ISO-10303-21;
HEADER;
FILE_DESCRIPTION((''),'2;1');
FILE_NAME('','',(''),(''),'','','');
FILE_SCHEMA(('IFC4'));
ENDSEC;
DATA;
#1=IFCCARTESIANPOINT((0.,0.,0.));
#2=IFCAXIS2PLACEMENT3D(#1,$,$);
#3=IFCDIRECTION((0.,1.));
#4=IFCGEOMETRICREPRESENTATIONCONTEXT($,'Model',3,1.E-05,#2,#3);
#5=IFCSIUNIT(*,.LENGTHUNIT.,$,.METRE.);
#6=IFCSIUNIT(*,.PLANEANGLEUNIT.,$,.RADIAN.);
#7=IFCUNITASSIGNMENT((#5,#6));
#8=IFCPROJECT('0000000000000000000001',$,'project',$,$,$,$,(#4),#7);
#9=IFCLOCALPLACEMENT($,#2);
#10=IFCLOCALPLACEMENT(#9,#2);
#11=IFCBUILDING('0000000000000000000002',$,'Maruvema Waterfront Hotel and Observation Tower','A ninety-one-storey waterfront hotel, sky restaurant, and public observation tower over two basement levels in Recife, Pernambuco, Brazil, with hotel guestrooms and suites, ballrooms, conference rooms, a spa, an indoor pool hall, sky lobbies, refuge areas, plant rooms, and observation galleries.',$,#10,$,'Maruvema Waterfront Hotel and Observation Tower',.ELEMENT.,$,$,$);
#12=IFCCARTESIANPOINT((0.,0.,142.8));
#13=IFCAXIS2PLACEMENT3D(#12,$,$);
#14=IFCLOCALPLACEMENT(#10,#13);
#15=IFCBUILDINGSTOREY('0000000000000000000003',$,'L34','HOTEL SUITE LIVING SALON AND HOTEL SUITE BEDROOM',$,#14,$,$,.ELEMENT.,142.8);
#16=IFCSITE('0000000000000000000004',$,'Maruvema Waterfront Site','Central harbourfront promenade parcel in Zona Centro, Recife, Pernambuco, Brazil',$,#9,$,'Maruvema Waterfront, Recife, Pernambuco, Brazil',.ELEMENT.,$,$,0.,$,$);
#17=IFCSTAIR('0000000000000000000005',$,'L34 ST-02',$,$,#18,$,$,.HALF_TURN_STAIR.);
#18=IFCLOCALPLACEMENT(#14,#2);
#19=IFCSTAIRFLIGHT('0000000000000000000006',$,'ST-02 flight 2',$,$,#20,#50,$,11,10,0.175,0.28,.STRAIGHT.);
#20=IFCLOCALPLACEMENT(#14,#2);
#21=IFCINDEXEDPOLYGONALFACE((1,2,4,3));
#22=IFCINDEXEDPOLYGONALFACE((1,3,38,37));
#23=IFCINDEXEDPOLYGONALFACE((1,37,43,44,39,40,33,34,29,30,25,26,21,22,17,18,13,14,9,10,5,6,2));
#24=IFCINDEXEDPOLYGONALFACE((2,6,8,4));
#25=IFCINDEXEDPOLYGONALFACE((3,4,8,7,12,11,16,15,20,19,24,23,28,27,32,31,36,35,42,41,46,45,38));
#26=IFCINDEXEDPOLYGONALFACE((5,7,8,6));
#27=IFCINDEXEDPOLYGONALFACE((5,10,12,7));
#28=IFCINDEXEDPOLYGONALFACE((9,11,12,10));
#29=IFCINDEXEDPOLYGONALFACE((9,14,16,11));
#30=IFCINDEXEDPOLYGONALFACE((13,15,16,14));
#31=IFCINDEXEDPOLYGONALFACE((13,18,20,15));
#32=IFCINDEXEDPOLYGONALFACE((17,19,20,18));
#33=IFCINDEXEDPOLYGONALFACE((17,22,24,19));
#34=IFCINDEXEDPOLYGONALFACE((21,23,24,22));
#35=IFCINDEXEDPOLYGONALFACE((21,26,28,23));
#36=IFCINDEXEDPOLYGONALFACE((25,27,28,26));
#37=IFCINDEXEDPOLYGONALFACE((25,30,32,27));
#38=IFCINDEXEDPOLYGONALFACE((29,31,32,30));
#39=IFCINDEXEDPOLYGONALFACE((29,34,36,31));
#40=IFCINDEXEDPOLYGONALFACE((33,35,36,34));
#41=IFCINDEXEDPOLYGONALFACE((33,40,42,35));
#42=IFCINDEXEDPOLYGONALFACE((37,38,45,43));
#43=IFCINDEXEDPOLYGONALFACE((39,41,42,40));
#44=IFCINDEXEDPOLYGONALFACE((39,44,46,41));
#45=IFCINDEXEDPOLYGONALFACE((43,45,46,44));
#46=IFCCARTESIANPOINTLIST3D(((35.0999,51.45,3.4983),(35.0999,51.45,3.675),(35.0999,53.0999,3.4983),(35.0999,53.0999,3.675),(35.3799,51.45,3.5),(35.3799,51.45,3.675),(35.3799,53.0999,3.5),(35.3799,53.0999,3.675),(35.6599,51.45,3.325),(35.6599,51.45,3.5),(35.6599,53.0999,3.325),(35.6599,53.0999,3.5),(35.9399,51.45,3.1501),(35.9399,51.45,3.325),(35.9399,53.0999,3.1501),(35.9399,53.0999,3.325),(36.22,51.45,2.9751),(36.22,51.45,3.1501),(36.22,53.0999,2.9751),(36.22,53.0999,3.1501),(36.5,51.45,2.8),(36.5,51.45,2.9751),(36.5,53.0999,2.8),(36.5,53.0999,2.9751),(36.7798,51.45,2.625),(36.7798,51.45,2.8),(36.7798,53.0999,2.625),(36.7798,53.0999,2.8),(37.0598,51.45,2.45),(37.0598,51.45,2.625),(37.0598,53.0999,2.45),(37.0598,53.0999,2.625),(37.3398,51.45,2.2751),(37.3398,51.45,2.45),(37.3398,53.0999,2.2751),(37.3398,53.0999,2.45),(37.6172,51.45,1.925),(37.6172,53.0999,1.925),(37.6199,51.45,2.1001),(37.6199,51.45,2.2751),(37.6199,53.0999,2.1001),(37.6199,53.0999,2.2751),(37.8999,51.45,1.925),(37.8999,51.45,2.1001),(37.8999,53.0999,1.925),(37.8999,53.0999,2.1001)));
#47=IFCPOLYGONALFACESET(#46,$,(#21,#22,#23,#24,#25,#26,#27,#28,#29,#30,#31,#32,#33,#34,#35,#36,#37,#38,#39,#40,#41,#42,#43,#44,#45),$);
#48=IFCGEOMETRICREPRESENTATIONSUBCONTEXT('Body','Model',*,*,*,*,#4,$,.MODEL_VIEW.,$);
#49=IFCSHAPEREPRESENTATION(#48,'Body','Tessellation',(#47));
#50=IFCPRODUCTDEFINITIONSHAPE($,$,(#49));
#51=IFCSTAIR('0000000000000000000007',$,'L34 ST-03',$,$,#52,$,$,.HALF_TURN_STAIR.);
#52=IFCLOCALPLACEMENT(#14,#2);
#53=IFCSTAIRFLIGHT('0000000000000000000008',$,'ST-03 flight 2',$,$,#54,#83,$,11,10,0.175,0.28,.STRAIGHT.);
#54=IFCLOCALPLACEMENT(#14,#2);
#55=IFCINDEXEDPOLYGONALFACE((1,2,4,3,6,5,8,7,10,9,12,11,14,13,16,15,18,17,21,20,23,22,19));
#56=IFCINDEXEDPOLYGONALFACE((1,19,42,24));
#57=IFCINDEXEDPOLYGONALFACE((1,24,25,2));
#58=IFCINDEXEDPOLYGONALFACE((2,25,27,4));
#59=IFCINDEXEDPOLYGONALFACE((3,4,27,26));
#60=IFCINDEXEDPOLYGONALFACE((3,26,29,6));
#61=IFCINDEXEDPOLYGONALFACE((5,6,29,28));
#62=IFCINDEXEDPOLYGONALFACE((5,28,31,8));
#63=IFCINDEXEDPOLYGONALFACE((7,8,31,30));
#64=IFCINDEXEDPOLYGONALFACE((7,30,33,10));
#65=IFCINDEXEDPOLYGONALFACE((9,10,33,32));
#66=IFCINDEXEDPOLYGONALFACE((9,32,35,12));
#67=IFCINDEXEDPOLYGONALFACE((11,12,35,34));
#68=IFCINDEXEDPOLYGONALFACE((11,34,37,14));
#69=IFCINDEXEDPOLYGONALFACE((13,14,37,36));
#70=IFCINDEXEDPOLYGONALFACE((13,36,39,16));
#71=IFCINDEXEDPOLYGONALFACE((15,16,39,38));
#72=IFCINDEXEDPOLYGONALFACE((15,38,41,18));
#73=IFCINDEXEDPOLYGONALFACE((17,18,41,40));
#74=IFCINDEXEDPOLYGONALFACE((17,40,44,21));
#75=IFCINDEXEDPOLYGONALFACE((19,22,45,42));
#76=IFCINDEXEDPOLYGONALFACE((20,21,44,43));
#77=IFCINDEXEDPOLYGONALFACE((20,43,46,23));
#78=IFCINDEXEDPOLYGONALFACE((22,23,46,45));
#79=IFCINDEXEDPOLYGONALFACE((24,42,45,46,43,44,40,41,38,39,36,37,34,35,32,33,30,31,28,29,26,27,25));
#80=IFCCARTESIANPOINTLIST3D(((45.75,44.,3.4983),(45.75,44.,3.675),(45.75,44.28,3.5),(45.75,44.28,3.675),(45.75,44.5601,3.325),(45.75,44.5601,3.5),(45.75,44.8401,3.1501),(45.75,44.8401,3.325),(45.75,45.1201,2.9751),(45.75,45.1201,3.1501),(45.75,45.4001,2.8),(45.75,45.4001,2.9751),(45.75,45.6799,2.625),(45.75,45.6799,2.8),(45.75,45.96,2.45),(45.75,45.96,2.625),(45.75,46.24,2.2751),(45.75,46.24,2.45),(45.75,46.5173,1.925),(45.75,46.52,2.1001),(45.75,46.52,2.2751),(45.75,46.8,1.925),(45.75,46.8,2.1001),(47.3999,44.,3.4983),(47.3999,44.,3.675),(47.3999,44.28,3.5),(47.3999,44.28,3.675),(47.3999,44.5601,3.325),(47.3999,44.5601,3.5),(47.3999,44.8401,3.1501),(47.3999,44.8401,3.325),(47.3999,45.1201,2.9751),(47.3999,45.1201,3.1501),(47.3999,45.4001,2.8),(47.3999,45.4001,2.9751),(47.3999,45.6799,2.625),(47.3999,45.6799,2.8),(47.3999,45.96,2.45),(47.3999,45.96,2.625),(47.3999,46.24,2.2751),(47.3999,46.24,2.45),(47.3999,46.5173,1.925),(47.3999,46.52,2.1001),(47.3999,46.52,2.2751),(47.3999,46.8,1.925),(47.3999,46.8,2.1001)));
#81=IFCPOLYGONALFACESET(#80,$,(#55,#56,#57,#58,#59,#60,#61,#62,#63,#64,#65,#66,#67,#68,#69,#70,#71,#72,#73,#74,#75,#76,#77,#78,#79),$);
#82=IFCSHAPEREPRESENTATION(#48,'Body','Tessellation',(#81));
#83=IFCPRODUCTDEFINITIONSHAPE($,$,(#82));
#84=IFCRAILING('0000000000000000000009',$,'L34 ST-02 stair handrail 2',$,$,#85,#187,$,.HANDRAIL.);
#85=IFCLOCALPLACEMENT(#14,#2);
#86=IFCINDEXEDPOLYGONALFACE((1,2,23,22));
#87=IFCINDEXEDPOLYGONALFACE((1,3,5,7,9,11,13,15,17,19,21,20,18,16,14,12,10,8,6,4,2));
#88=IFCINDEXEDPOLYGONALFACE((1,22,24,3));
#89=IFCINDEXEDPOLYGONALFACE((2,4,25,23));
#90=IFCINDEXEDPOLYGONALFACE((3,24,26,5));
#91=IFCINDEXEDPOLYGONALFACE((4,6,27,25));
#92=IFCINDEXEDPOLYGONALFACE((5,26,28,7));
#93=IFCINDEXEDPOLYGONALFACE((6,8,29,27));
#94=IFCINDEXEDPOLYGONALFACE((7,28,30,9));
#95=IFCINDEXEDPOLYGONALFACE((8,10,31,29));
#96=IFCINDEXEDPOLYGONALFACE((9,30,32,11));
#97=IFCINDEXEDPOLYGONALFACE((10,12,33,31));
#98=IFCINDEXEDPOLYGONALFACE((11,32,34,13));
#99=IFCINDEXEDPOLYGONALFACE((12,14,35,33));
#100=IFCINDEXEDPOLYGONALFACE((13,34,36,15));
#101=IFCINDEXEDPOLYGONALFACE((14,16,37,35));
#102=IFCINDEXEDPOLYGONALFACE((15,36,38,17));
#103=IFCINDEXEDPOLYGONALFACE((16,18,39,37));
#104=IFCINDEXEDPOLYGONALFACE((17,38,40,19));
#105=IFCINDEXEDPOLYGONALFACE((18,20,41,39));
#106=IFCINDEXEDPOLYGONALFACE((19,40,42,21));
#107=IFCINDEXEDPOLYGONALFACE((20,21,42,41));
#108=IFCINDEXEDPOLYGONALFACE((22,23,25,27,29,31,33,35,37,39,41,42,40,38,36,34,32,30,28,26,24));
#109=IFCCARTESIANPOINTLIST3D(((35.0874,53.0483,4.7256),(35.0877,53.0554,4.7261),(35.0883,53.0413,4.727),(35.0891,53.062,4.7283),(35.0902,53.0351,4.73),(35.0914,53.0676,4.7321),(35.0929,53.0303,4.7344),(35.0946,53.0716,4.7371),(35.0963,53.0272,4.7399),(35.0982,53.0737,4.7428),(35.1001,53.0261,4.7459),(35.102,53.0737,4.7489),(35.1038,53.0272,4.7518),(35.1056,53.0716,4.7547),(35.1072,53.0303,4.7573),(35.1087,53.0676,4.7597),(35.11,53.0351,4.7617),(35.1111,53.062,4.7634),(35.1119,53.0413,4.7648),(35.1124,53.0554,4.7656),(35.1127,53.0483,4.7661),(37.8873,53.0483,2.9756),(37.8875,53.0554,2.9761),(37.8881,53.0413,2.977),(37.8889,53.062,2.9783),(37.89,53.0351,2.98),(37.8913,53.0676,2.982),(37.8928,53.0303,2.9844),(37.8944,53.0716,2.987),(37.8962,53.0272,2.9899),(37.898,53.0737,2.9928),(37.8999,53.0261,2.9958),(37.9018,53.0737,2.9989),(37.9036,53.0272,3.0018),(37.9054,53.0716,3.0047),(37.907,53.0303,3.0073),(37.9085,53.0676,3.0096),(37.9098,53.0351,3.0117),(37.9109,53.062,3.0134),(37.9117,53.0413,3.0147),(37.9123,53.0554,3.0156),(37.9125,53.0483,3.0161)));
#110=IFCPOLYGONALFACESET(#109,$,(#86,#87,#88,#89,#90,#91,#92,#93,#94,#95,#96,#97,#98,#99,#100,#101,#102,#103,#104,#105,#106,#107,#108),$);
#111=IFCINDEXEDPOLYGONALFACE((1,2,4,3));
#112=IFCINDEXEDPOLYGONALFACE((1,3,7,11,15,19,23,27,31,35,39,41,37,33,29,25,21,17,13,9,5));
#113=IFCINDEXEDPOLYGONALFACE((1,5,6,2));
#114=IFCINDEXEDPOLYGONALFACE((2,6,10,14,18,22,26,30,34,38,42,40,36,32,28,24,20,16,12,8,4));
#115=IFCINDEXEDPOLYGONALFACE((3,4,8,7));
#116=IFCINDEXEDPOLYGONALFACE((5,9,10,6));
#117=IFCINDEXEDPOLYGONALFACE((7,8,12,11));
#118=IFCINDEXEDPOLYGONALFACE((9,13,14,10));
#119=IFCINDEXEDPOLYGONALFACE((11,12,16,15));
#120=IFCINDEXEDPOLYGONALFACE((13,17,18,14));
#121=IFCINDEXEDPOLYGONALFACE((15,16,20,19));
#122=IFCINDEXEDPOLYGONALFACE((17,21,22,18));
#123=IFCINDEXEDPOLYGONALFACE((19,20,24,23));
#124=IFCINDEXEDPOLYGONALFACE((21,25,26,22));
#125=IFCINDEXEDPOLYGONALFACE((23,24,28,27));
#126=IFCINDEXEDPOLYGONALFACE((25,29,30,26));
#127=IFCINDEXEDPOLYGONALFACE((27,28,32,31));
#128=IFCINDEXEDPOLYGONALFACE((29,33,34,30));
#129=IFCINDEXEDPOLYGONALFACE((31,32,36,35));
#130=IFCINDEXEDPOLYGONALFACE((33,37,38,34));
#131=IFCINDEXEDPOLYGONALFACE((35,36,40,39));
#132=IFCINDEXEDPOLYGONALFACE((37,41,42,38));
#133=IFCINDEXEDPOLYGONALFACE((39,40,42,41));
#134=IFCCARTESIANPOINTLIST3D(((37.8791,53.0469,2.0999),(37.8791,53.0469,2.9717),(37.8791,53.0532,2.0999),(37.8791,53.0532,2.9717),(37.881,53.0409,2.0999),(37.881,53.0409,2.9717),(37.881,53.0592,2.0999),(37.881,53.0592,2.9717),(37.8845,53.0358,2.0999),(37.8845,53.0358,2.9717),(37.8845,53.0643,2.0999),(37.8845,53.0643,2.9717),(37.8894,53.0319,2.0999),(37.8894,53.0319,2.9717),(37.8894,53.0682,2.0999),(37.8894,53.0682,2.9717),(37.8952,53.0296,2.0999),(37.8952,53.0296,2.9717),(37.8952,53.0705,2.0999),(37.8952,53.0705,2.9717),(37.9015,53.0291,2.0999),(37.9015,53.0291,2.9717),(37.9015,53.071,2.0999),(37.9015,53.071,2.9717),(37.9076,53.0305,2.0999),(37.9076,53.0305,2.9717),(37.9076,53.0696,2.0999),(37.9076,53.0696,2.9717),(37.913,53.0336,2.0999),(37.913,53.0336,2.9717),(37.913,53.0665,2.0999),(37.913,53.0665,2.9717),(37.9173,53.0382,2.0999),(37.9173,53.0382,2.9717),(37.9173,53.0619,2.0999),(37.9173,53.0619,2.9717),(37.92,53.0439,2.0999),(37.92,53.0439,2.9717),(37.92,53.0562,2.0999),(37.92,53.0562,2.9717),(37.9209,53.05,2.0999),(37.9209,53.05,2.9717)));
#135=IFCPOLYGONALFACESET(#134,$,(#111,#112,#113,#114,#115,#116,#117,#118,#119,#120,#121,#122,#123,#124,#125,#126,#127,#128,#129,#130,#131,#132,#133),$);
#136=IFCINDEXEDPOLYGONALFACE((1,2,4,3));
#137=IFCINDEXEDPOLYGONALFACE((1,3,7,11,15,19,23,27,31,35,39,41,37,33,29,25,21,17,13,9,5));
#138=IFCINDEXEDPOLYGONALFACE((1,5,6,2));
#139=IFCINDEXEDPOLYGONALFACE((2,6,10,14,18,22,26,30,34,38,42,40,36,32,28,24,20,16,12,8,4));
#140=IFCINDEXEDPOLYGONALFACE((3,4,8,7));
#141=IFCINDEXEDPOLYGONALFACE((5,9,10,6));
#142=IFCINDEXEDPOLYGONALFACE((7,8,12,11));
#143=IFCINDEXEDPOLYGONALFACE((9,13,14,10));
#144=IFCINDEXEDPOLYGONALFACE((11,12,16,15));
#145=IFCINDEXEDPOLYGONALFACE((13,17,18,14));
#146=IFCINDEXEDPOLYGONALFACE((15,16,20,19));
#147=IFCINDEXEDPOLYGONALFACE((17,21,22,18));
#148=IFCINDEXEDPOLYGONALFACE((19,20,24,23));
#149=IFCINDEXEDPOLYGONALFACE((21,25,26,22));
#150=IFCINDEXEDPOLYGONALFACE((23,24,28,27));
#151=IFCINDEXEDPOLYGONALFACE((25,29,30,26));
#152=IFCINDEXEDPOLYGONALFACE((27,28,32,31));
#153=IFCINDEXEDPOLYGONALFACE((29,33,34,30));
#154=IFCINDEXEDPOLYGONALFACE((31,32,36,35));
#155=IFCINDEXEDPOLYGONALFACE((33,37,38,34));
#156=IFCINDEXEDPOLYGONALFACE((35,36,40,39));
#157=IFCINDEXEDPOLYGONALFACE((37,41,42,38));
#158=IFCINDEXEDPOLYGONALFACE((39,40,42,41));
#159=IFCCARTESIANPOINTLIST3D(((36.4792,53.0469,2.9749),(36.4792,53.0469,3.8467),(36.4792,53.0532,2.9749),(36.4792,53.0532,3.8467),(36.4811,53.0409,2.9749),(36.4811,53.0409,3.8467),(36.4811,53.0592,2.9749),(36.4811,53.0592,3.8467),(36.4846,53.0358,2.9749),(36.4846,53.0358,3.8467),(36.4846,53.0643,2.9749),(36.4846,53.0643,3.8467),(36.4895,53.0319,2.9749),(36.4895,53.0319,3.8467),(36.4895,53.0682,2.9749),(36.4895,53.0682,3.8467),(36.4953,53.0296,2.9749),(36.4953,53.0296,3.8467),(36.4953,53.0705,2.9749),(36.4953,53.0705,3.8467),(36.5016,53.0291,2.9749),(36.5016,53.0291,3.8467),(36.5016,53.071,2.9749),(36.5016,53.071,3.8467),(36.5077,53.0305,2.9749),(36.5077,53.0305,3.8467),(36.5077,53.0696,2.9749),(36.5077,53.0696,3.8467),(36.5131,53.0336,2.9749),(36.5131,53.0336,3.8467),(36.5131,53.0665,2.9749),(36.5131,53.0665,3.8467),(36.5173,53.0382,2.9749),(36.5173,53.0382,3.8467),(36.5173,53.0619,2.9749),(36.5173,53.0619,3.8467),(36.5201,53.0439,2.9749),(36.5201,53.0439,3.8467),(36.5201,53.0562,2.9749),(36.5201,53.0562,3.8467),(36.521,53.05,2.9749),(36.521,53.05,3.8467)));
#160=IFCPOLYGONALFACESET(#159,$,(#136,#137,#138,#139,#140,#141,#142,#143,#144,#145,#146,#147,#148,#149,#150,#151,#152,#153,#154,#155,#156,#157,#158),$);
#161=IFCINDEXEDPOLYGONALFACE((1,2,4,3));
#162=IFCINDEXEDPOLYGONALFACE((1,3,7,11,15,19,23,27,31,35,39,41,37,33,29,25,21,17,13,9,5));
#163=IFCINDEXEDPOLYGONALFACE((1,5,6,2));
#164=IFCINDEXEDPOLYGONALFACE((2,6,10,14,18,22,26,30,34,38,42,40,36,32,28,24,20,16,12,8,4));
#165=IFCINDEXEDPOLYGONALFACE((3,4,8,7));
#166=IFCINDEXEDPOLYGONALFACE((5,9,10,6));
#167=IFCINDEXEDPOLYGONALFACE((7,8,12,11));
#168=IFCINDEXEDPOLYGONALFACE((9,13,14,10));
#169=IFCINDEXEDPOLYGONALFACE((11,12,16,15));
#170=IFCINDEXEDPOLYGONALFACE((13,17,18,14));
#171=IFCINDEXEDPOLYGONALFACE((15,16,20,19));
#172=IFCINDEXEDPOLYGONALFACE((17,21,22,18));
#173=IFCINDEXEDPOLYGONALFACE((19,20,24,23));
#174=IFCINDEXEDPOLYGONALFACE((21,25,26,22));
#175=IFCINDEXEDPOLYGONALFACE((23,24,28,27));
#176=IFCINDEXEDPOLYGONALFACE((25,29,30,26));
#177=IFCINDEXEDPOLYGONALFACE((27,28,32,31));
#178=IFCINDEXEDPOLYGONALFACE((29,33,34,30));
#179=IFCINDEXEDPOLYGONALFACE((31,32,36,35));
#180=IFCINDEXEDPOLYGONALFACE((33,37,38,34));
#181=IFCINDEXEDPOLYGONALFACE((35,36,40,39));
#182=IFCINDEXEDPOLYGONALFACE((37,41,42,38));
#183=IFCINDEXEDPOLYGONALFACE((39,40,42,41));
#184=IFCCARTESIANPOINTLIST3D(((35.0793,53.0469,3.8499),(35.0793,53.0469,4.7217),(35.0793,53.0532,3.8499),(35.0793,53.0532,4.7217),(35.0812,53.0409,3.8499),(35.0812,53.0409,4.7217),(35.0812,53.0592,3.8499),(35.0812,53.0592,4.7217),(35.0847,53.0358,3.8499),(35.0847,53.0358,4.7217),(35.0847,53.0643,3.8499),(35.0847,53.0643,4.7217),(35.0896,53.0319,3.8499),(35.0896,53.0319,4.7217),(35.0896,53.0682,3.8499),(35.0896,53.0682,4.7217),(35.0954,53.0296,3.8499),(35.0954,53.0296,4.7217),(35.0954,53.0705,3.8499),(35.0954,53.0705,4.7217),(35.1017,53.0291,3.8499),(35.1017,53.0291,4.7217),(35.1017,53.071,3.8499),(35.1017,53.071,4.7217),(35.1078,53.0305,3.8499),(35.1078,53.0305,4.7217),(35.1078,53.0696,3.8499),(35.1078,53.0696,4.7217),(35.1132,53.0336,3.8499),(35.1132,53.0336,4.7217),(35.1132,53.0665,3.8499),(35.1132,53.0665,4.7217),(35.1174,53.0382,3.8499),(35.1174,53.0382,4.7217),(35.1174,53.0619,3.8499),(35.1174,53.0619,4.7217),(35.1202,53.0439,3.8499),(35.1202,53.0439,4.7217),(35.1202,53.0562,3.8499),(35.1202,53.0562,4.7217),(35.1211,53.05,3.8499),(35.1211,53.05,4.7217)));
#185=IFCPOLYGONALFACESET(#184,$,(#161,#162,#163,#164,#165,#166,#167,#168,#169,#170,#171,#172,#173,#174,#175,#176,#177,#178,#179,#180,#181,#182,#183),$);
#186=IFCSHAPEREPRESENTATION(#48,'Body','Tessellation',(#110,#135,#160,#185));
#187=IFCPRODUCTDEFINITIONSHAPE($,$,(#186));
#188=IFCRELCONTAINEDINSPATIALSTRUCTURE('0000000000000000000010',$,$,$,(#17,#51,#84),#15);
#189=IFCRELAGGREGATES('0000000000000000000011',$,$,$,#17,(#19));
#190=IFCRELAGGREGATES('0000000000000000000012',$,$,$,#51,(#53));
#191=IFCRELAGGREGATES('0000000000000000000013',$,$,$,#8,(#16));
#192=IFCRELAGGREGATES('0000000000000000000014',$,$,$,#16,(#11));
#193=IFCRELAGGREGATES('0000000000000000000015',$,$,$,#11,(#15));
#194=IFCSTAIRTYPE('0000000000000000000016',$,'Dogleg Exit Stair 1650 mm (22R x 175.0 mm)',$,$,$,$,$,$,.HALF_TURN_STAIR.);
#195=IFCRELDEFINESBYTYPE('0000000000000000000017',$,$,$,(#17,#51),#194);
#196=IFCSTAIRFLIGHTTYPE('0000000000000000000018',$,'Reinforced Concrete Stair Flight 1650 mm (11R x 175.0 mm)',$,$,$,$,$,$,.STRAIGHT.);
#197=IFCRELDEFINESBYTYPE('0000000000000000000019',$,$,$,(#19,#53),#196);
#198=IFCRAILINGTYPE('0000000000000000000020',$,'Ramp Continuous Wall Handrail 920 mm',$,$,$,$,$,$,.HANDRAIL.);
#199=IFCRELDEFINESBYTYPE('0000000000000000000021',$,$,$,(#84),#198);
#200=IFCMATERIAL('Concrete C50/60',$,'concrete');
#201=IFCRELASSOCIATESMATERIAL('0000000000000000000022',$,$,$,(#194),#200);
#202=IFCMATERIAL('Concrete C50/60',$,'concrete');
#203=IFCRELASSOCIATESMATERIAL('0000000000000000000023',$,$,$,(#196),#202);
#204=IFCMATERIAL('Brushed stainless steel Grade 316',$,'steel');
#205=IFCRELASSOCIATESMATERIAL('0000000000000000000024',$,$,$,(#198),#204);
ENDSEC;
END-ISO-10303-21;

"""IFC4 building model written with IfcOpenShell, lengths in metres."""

from ifc_helpers import new_model, si_unit, direction, frame, origin, origin_2d, place, context, subcontext, project, spatial, polyline, circle, outline, extrude, material, type_object, element, aggregate, save


model = new_model("IFC4")

# Units and contexts
model_context = context("Model", 3, precision=1e-05, world=origin(), true_north=direction((0.0, 1.0)))
body_context = subcontext(model_context, "Body", "Model", "MODEL_VIEW")
ifc_project = project(units=[si_unit("LENGTHUNIT", "METRE"), si_unit("PLANEANGLEUNIT", "RADIAN")], contexts=[model_context])

# Site, building, storey
site_placement = place(None, origin())
site = spatial("IfcSite", under=ifc_project, at=site_placement, Name="Maruvema Waterfront Site", Description="Central harbourfront promenade parcel in Zona Centro, Recife, Pernambuco, Brazil", LongName="Maruvema Waterfront, Recife, Pernambuco, Brazil", CompositionType="ELEMENT", RefElevation=0.0)
building_placement = place(site_placement, origin())
building = spatial("IfcBuilding", under=site, at=building_placement, Name="Maruvema Waterfront Hotel and Observation Tower", Description="A ninety-one-storey waterfront hotel, sky restaurant, and public observation tower over two basement levels in Recife, Pernambuco, Brazil, with hotel guestrooms and suites, ballrooms, conference rooms, a spa, an indoor pool hall, sky lobbies, refuge areas, plant rooms, and observation galleries.", LongName="Maruvema Waterfront Hotel and Observation Tower", CompositionType="ELEMENT")
storey_placement = place(building_placement, frame((0.0, 0.0, 142.8)))
storey = spatial("IfcBuildingStorey", under=building, at=storey_placement, Name="L34", Description="HOTEL SUITE LIVING SALON AND HOTEL SUITE BEDROOM", CompositionType="ELEMENT", Elevation=142.8)

# Stairs, stair flights
ifc_material_1 = material(Name="Concrete C50/60", Category="concrete")
stair_type = type_object("IfcStairType", Name="Dogleg Exit Stair 1650 mm (22R x 175.0 mm)", PredefinedType="HALF_TURN_STAIR", material=ifc_material_1)
stair_1_placement = place(storey_placement, origin())
stair_1 = element("IfcStair", 1, at=stair_1_placement, inside=storey, type_object=stair_type, Name="L34 ST-02", PredefinedType="HALF_TURN_STAIR")
ifc_material_2 = material(Name="Concrete C50/60", Category="concrete")
stair_flight_type = type_object("IfcStairFlightType", Name="Reinforced Concrete Stair Flight 1650 mm (11R x 175.0 mm)", PredefinedType="STRAIGHT", material=ifc_material_2)
stair_flight_1_placement = place(storey_placement, frame((37.8999, 52.2749, 1.925), z_axis=(0.0, 0.0, 1.0), x_axis=(-1.0, 0.0, 0.0)))
stair_flight_1 = element("IfcStairFlight", 2, at=stair_flight_1_placement, type_object=stair_flight_type, Name="ST-02 flight 2", NumberOfRisers=11, NumberOfTreads=10, PredefinedType="STRAIGHT", RiserHeight=0.175, TreadLength=0.28, context=body_context, shape_type="SweptSolid", body=[
    extrude(outline(polyline([(0.0, 0.0), (0.0, 0.175), (0.28, 0.175), (0.28, 0.3501), (0.5601, 0.3501), (0.5601, 0.5249), (0.8401, 0.5249), (0.8401, 0.7), (1.1201, 0.7), (1.1201, 0.875), (1.3999, 0.875), (1.3999, 1.05), (1.6799, 1.05), (1.6799, 1.2251), (1.96, 1.2251), (1.96, 1.3999), (2.24, 1.3999), (2.24, 1.575), (2.52, 1.575), (2.52, 1.75), (2.8, 1.75), (2.8, 1.925), (2.8, 1.5732), (0.2827, 0.0), (0.0, 0.0)])), frame((0.0, 0.825, 0.0), z_axis=(0.0, -1.0, 0.0), x_axis=(1.0, 0.0, 0.0)), (0.0, 0.0, 1.0), 1.6499),
])
aggregate(stair_1, [stair_flight_1])
stair_2_placement = place(storey_placement, origin())
stair_2 = element("IfcStair", 3, at=stair_2_placement, inside=storey, type_object=stair_type, Name="L34 ST-03", PredefinedType="HALF_TURN_STAIR")
stair_flight_2_placement = place(storey_placement, frame((46.575, 46.8, 1.925), z_axis=(0.0, 0.0, 1.0), x_axis=(0.0, -1.0, 0.0)))
stair_flight_2 = element("IfcStairFlight", 4, at=stair_flight_2_placement, type_object=stair_flight_type, Name="ST-03 flight 2", NumberOfRisers=11, NumberOfTreads=10, PredefinedType="STRAIGHT", RiserHeight=0.175, TreadLength=0.28, context=body_context, shape_type="SweptSolid", body=[
    extrude(outline(polyline([(0.0, 0.0), (0.0, 0.175), (0.28, 0.175), (0.28, 0.3501), (0.5601, 0.3501), (0.5601, 0.5249), (0.8401, 0.5249), (0.8401, 0.7), (1.1201, 0.7), (1.1201, 0.875), (1.3999, 0.875), (1.3999, 1.05), (1.6799, 1.05), (1.6799, 1.2251), (1.96, 1.2251), (1.96, 1.3999), (2.24, 1.3999), (2.24, 1.575), (2.52, 1.575), (2.52, 1.75), (2.8, 1.75), (2.8, 1.925), (2.8, 1.5732), (0.2827, 0.0), (0.0, 0.0)])), frame((0.0, 0.825, 0.0), z_axis=(0.0, -1.0, 0.0), x_axis=(1.0, 0.0, 0.0)), (0.0, 0.0, 1.0), 1.6499),
])
aggregate(stair_2, [stair_flight_2])

# Railing
ifc_material_3 = material(Name="Brushed stainless steel Grade 316", Category="steel")
railing_type_1 = type_object("IfcRailingType", Name="Ramp Continuous Wall Handrail 920 mm", PredefinedType="HANDRAIL", material=ifc_material_3)
railing_1_placement = place(storey_placement, frame((37.8999, 53.05, 2.0999)))
element("IfcRailing", 5, at=railing_1_placement, inside=storey, type_object=railing_type_1, Name="L34 ST-02 stair handrail 2", PredefinedType="HANDRAIL", context=body_context, shape_type="SweptSolid", body=[
    extrude(circle(Radius=0.0239, at=origin_2d()), frame((0.0, 0.0, 0.896), z_axis=(-0.847982, 0.0, 0.530026), x_axis=(0.0, -1.0, 0.0)), (0.0, 0.0, 1.0), 3.3018),
    extrude(circle(Radius=0.021, at=origin_2d()), origin(), (0.0, 0.0, 1.0), 0.8718),
    extrude(circle(Radius=0.021, at=origin_2d()), frame((-1.3999, 0.0, 0.875)), (0.0, 0.0, 1.0), 0.8718),
    extrude(circle(Radius=0.021, at=origin_2d()), frame((-2.7998, 0.0, 1.75)), (0.0, 0.0, 1.0), 0.8718),
])

save(model, "model.ifc")
